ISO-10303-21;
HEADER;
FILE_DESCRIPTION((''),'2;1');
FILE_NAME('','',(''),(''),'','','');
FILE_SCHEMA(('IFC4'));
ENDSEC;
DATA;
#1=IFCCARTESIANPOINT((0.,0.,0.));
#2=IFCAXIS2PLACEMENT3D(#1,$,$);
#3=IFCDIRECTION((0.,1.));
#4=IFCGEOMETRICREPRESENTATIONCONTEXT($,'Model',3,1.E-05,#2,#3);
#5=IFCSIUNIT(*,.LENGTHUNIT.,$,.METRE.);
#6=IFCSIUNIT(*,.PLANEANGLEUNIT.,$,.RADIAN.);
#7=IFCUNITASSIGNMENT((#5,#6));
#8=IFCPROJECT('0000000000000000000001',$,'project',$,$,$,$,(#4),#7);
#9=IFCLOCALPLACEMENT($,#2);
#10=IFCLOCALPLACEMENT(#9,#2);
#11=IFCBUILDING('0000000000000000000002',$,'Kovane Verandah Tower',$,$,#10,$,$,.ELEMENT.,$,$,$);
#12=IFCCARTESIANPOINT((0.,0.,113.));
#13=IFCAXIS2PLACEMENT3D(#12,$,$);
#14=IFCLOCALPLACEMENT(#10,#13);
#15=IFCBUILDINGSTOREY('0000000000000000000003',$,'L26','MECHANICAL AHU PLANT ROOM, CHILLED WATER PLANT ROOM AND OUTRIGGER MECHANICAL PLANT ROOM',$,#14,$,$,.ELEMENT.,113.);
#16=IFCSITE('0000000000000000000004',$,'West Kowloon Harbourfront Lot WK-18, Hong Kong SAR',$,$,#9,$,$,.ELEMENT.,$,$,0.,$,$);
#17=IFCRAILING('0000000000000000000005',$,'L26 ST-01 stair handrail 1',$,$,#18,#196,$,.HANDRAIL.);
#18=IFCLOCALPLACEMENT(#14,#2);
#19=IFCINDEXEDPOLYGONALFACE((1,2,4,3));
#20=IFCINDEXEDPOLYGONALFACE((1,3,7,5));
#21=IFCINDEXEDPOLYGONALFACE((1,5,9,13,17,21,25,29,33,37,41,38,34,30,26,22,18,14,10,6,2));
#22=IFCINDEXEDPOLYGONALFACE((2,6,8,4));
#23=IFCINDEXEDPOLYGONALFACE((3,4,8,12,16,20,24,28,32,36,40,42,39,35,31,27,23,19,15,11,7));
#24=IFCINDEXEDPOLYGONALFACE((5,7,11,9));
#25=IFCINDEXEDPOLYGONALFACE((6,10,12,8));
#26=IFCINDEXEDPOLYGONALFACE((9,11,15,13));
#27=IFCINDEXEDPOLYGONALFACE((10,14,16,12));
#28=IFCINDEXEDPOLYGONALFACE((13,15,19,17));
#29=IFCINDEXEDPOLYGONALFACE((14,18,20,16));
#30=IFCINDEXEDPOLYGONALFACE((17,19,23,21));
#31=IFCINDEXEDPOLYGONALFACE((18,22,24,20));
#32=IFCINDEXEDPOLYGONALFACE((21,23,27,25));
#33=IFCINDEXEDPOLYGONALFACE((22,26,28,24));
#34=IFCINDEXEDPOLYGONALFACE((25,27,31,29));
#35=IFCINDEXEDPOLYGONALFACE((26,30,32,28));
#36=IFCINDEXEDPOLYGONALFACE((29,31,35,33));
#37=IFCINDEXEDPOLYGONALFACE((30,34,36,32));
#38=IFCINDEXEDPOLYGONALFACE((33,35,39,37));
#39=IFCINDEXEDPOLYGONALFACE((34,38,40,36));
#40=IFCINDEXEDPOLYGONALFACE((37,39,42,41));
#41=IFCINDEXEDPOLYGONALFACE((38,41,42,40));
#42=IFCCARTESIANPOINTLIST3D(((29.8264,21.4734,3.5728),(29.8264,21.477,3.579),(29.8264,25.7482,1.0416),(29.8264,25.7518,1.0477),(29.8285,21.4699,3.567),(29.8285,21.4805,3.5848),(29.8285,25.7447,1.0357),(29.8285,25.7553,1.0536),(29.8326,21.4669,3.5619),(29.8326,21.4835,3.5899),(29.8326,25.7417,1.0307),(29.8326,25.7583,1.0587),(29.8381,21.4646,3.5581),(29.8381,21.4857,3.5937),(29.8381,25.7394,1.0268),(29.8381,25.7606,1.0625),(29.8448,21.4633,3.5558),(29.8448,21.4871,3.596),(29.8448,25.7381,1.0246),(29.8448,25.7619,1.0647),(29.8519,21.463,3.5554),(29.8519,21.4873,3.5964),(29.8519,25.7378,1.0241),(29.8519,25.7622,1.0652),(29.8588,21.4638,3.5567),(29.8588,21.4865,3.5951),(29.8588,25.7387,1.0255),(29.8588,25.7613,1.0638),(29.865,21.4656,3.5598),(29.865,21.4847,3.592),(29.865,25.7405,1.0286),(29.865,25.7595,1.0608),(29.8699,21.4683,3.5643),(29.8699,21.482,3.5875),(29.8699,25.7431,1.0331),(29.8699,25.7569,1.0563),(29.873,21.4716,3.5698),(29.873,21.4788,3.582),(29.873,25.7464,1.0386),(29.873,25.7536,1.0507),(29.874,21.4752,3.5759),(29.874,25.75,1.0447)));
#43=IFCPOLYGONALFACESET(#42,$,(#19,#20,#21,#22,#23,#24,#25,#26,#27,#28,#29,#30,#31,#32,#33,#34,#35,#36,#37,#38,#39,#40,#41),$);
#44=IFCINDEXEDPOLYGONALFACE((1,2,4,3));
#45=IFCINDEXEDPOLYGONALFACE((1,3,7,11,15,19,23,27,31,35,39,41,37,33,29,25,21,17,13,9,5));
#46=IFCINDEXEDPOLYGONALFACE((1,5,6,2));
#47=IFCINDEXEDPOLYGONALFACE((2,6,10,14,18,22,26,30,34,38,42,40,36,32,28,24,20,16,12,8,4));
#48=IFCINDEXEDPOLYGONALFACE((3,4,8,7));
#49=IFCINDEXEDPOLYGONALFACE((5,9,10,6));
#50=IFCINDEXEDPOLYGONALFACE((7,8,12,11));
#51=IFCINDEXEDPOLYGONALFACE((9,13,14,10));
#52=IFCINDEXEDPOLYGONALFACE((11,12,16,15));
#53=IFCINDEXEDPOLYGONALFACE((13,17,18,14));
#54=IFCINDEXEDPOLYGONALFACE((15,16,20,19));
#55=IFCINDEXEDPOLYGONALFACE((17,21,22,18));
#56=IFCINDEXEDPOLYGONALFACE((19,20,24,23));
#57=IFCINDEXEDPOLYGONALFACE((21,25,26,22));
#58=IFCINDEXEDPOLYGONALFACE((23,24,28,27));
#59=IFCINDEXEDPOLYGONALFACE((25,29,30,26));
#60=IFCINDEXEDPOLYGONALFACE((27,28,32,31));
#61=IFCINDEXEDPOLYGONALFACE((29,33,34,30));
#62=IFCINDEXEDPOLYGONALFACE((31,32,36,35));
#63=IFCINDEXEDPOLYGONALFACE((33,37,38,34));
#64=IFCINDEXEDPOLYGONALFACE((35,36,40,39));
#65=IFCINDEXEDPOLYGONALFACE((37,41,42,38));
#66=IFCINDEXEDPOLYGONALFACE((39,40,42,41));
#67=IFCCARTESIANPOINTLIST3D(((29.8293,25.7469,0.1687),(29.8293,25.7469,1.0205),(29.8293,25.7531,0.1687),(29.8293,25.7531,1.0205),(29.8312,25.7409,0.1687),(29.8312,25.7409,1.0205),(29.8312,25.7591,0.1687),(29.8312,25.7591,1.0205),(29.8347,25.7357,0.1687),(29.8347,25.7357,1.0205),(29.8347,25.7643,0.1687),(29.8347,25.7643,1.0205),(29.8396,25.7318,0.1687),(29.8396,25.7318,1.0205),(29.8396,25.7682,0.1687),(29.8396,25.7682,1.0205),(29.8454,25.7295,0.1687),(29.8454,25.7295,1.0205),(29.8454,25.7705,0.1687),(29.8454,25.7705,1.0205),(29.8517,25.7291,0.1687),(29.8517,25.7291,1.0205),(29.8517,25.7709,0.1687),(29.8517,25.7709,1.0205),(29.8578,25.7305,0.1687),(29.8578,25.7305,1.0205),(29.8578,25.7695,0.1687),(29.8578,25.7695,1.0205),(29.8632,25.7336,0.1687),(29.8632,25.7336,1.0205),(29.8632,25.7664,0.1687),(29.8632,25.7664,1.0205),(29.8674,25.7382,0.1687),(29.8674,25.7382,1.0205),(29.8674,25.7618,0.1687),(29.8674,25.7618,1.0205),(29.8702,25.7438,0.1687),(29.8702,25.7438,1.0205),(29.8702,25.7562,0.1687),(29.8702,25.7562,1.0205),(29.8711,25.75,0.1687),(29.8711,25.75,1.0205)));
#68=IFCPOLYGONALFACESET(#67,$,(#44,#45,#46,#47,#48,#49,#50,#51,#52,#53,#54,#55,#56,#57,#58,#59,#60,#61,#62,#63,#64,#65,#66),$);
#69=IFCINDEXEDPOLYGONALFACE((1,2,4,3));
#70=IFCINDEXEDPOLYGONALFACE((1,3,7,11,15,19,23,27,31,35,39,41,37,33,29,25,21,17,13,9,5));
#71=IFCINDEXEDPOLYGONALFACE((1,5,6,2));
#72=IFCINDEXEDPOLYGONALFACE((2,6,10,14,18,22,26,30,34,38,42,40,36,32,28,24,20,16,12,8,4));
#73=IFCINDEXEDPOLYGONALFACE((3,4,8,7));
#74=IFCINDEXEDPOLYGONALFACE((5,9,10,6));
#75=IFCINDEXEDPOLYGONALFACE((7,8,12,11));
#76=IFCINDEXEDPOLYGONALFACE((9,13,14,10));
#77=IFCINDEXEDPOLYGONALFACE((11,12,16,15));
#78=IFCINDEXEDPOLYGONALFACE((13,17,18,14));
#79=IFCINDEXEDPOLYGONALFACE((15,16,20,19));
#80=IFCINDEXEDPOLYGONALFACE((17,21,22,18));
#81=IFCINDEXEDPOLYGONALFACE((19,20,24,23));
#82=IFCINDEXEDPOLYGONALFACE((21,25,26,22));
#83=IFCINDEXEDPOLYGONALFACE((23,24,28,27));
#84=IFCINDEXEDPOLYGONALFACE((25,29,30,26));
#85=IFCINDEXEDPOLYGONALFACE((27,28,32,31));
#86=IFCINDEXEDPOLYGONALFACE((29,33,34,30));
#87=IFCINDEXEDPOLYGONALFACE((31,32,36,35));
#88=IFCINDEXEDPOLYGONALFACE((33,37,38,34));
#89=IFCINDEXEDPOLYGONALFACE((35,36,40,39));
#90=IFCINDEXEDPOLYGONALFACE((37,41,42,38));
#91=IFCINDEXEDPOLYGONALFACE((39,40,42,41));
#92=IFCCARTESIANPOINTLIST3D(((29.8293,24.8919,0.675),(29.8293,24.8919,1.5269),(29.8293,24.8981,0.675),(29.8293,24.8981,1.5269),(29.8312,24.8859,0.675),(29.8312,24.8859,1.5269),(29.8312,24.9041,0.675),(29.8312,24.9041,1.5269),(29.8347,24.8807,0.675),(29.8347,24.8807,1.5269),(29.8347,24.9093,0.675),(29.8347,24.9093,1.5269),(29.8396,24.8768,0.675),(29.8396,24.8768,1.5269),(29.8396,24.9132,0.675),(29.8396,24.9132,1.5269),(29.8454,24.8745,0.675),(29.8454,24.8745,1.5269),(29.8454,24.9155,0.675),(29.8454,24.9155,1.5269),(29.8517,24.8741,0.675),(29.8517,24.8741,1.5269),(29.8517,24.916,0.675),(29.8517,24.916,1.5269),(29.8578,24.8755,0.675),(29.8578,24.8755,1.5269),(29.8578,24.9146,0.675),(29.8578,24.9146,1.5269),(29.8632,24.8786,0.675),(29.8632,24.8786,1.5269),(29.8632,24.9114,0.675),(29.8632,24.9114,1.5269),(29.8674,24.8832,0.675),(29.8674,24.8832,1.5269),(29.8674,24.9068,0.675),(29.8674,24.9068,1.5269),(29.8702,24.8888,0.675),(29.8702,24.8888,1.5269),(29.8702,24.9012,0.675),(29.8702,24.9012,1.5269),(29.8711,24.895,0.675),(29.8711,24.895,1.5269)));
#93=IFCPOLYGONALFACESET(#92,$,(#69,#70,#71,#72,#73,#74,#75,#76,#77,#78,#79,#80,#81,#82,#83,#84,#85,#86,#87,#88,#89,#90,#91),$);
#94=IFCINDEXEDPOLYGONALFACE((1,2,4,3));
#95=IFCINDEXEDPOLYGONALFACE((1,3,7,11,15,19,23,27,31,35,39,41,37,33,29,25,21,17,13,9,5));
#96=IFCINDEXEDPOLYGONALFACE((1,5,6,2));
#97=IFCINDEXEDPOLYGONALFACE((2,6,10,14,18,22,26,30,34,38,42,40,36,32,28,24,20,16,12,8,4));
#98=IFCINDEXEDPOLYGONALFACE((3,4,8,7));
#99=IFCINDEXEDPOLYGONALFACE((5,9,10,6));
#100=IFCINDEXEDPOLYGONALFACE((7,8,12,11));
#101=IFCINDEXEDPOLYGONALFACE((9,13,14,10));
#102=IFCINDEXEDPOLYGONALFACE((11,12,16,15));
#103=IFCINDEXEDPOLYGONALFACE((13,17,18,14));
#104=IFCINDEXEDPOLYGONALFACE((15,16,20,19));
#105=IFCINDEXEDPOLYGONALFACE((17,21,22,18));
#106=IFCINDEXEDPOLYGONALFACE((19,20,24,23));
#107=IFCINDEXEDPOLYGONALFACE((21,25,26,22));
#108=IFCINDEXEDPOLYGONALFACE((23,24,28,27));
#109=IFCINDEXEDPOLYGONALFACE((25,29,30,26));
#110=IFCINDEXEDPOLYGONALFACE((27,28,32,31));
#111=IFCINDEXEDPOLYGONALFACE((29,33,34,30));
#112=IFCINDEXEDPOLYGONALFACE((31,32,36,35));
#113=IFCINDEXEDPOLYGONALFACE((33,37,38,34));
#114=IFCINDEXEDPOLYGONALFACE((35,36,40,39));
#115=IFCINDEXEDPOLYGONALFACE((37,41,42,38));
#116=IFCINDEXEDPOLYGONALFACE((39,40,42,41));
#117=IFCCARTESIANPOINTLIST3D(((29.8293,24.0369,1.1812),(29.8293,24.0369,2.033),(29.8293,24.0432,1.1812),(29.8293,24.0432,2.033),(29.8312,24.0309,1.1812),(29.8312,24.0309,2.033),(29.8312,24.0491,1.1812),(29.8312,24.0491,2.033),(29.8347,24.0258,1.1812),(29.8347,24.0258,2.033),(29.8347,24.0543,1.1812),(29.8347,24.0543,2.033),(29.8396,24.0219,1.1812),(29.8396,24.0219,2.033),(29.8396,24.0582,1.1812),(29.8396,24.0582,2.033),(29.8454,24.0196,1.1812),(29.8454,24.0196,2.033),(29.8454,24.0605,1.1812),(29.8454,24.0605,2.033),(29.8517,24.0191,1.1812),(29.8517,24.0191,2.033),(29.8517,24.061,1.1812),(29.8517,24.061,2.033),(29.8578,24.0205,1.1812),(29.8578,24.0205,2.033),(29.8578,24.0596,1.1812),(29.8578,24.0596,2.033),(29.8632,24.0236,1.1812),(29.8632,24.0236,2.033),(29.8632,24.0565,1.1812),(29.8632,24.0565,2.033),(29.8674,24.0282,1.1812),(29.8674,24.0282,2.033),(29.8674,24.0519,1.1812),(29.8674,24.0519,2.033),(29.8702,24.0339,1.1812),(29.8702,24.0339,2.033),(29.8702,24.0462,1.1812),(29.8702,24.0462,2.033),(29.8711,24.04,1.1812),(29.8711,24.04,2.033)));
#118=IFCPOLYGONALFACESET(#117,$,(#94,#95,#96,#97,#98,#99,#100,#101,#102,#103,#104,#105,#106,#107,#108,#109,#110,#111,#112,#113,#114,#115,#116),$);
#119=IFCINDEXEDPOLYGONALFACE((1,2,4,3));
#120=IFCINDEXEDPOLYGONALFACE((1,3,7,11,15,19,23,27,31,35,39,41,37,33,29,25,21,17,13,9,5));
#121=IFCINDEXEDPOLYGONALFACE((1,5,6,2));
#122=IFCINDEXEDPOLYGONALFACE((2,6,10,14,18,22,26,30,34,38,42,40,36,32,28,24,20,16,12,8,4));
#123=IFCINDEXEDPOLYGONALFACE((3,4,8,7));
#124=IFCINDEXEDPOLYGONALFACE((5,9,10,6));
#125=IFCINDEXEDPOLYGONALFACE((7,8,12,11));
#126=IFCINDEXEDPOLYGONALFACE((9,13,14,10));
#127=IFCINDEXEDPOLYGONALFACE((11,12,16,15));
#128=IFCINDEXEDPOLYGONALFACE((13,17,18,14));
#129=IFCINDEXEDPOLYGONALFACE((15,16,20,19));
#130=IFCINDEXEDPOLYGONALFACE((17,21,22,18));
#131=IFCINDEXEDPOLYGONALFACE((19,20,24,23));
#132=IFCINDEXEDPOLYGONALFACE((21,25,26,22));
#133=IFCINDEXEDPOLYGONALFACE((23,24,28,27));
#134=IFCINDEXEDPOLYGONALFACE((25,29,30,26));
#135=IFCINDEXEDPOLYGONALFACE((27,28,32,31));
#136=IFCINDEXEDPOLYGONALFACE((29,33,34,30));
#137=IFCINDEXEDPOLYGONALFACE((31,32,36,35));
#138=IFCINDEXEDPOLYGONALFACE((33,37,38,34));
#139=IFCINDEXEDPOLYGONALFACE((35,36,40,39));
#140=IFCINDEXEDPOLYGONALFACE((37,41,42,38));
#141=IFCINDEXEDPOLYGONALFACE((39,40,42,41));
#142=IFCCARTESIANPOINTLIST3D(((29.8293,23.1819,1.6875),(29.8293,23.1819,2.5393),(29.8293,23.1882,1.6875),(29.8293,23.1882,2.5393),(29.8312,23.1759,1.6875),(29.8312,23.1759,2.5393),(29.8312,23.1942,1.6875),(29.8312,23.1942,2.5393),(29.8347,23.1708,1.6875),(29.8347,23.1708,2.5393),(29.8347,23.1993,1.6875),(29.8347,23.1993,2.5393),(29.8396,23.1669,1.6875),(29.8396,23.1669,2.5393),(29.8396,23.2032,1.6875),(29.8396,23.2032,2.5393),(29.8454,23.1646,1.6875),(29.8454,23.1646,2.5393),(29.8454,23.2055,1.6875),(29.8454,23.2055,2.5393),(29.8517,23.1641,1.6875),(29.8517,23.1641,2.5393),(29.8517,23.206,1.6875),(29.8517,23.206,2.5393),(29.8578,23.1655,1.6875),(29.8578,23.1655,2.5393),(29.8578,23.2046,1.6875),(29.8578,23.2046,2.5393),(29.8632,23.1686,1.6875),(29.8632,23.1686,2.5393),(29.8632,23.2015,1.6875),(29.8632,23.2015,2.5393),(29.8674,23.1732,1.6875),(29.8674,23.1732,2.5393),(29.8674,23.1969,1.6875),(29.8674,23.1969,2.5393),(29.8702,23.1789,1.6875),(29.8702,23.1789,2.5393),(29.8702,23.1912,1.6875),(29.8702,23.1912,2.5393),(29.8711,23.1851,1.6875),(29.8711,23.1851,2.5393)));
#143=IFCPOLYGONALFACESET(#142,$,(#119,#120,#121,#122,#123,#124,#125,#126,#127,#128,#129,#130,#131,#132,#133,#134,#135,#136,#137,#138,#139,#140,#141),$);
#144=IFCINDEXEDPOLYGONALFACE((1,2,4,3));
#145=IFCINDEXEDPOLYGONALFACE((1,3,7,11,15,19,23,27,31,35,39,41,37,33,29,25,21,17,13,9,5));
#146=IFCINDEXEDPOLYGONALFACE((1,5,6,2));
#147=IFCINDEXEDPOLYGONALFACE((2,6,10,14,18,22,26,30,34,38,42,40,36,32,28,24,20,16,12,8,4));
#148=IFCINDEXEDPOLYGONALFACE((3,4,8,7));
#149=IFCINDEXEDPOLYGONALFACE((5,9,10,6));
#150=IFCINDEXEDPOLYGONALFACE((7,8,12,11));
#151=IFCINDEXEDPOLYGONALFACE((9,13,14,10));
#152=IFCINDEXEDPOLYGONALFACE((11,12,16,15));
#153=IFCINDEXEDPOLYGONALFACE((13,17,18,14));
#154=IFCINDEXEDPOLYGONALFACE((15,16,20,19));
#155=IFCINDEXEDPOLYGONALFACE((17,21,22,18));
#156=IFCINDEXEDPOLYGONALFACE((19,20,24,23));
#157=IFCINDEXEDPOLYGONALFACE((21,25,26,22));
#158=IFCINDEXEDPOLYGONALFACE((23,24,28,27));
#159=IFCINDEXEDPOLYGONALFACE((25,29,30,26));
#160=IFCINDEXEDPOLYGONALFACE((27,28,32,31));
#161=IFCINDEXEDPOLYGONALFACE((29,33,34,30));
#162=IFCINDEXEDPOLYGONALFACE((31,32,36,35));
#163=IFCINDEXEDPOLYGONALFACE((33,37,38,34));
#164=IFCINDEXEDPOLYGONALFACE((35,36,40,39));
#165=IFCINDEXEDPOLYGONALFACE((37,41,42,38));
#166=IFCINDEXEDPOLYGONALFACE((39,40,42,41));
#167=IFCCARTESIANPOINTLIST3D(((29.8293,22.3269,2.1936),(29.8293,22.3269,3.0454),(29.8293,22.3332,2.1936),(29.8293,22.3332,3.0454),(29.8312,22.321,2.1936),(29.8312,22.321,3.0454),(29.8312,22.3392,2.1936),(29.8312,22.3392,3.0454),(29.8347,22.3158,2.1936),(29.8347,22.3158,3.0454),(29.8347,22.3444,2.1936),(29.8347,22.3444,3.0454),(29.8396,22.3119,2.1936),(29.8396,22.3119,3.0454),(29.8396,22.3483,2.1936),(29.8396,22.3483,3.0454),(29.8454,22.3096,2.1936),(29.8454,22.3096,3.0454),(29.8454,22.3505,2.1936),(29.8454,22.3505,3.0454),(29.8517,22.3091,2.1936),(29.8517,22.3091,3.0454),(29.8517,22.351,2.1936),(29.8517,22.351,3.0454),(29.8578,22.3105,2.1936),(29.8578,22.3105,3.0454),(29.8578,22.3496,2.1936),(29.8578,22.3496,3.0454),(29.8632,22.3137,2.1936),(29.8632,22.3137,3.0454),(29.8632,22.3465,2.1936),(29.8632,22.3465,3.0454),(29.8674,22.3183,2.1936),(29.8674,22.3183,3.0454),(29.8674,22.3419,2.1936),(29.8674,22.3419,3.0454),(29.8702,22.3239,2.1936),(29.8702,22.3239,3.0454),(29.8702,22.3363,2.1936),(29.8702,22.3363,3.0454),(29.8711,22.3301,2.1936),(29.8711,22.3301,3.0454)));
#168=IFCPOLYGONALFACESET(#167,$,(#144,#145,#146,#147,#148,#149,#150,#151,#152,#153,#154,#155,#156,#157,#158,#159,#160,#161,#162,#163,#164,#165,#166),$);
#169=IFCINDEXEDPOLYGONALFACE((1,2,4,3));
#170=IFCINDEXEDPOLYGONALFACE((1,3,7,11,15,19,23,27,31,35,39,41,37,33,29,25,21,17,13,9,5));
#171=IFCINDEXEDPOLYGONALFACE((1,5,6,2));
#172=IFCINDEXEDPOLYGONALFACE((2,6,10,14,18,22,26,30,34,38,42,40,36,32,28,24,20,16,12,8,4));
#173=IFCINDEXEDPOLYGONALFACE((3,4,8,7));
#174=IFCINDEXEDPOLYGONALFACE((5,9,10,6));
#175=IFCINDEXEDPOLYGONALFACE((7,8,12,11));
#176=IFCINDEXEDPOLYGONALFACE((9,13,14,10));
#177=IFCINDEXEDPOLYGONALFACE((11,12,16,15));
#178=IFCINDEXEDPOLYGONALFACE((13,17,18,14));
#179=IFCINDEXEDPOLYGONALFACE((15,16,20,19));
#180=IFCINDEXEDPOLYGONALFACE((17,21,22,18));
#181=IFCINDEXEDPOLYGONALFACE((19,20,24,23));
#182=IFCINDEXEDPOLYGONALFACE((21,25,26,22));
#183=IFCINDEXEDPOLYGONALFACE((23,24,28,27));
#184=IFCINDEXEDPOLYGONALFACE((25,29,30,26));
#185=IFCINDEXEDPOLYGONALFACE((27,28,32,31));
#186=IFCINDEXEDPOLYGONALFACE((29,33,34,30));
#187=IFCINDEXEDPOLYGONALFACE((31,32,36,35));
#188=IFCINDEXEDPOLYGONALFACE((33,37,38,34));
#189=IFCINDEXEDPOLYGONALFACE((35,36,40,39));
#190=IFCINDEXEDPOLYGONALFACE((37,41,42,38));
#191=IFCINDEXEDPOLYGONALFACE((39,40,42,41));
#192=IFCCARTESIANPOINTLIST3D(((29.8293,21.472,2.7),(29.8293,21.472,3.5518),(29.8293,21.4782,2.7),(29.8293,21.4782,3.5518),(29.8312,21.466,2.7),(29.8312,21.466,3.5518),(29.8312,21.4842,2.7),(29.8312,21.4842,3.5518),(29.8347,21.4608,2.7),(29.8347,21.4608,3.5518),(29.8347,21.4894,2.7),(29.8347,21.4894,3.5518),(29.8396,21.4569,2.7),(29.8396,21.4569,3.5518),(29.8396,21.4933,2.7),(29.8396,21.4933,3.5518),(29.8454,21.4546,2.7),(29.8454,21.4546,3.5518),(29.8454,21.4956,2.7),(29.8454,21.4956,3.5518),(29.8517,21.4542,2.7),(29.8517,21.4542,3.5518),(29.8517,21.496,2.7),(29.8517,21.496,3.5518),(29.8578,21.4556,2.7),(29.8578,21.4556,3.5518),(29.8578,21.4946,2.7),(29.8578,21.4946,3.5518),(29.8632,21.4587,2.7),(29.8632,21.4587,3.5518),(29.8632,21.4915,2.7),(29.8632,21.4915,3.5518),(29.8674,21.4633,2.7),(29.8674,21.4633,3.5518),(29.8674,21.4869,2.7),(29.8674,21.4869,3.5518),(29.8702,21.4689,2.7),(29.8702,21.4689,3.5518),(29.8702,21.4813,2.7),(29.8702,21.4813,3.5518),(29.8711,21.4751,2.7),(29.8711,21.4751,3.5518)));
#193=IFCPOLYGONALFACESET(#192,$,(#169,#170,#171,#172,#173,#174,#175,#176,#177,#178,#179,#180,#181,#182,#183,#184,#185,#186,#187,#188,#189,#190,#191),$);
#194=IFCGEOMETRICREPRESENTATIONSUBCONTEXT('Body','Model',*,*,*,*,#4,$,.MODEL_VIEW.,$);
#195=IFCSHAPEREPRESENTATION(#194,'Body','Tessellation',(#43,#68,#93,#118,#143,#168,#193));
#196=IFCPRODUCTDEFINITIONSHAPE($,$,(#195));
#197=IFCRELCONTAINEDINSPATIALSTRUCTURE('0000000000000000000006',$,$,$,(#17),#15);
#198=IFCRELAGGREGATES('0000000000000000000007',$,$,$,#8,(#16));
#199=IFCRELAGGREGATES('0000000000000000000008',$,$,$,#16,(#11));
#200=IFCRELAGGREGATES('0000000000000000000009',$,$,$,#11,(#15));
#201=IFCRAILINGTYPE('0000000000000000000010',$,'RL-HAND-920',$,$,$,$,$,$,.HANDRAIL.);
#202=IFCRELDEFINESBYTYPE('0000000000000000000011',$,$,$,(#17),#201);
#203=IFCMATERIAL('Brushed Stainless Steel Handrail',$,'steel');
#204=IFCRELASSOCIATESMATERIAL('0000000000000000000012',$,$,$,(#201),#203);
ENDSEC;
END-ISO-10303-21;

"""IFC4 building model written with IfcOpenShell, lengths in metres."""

from ifc_helpers import new_model, si_unit, direction, frame, origin, origin_2d, place, context, subcontext, project, spatial, circle, extrude, material, type_object, element, save


model = new_model("IFC4")

# Units and contexts
model_context = context("Model", 3, precision=1e-05, world=origin(), true_north=direction((0.0, 1.0)))
body_context = subcontext(model_context, "Body", "Model", "MODEL_VIEW")
ifc_project = project(units=[si_unit("LENGTHUNIT", "METRE"), si_unit("PLANEANGLEUNIT", "RADIAN")], contexts=[model_context])

# Site, building, storey
site_placement = place(None, origin())
site = spatial("IfcSite", under=ifc_project, at=site_placement, Name="West Kowloon Harbourfront Lot WK-18, Hong Kong SAR", CompositionType="ELEMENT", RefElevation=0.0)
building_placement = place(site_placement, origin())
building = spatial("IfcBuilding", under=site, at=building_placement, Name="Kovane Verandah Tower", CompositionType="ELEMENT")
storey_placement = place(building_placement, frame((0.0, 0.0, 113.0)))
storey = spatial("IfcBuildingStorey", under=building, at=storey_placement, Name="L26", Description="MECHANICAL AHU PLANT ROOM, CHILLED WATER PLANT ROOM AND OUTRIGGER MECHANICAL PLANT ROOM", CompositionType="ELEMENT", Elevation=113.0)

# Railing
ifc_material_1 = material(Name="Brushed Stainless Steel Handrail", Category="steel")
railing_type_1 = type_object("IfcRailingType", Name="RL-HAND-920", PredefinedType="HANDRAIL", material=ifc_material_1)
railing_1_placement = place(storey_placement, frame((29.8501, 25.75, 0.1687)))
element("IfcRailing", 1, at=railing_1_placement, inside=storey, type_object=railing_type_1, Name="L26 ST-01 stair handrail 1", PredefinedType="HANDRAIL", context=body_context, shape_type="SweptSolid", body=[
    extrude(circle(Radius=0.0239, at=origin_2d()), frame((0.0, 0.0, 0.876), z_axis=(0.0, -0.86047, 0.509501), x_axis=(1.0, 0.0, 0.0)), (0.0, 0.0, 1.0), 4.968),
    extrude(circle(Radius=0.021, at=origin_2d()), origin(), (0.0, 0.0, 1.0), 0.8518),
    extrude(circle(Radius=0.021, at=origin_2d()), frame((0.0, -0.855, 0.5063)), (0.0, 0.0, 1.0), 0.8518),
    extrude(circle(Radius=0.021, at=origin_2d()), frame((0.0, -1.71, 1.0125)), (0.0, 0.0, 1.0), 0.8518),
    extrude(circle(Radius=0.021, at=origin_2d()), frame((0.0, -2.5649, 1.5188)), (0.0, 0.0, 1.0), 0.8518),
    extrude(circle(Radius=0.021, at=origin_2d()), frame((0.0, -3.4199, 2.0249)), (0.0, 0.0, 1.0), 0.8518),
    extrude(circle(Radius=0.021, at=origin_2d()), frame((0.0, -4.2749, 2.5312)), (0.0, 0.0, 1.0), 0.8518),
])

save(model, "model.ifc")
